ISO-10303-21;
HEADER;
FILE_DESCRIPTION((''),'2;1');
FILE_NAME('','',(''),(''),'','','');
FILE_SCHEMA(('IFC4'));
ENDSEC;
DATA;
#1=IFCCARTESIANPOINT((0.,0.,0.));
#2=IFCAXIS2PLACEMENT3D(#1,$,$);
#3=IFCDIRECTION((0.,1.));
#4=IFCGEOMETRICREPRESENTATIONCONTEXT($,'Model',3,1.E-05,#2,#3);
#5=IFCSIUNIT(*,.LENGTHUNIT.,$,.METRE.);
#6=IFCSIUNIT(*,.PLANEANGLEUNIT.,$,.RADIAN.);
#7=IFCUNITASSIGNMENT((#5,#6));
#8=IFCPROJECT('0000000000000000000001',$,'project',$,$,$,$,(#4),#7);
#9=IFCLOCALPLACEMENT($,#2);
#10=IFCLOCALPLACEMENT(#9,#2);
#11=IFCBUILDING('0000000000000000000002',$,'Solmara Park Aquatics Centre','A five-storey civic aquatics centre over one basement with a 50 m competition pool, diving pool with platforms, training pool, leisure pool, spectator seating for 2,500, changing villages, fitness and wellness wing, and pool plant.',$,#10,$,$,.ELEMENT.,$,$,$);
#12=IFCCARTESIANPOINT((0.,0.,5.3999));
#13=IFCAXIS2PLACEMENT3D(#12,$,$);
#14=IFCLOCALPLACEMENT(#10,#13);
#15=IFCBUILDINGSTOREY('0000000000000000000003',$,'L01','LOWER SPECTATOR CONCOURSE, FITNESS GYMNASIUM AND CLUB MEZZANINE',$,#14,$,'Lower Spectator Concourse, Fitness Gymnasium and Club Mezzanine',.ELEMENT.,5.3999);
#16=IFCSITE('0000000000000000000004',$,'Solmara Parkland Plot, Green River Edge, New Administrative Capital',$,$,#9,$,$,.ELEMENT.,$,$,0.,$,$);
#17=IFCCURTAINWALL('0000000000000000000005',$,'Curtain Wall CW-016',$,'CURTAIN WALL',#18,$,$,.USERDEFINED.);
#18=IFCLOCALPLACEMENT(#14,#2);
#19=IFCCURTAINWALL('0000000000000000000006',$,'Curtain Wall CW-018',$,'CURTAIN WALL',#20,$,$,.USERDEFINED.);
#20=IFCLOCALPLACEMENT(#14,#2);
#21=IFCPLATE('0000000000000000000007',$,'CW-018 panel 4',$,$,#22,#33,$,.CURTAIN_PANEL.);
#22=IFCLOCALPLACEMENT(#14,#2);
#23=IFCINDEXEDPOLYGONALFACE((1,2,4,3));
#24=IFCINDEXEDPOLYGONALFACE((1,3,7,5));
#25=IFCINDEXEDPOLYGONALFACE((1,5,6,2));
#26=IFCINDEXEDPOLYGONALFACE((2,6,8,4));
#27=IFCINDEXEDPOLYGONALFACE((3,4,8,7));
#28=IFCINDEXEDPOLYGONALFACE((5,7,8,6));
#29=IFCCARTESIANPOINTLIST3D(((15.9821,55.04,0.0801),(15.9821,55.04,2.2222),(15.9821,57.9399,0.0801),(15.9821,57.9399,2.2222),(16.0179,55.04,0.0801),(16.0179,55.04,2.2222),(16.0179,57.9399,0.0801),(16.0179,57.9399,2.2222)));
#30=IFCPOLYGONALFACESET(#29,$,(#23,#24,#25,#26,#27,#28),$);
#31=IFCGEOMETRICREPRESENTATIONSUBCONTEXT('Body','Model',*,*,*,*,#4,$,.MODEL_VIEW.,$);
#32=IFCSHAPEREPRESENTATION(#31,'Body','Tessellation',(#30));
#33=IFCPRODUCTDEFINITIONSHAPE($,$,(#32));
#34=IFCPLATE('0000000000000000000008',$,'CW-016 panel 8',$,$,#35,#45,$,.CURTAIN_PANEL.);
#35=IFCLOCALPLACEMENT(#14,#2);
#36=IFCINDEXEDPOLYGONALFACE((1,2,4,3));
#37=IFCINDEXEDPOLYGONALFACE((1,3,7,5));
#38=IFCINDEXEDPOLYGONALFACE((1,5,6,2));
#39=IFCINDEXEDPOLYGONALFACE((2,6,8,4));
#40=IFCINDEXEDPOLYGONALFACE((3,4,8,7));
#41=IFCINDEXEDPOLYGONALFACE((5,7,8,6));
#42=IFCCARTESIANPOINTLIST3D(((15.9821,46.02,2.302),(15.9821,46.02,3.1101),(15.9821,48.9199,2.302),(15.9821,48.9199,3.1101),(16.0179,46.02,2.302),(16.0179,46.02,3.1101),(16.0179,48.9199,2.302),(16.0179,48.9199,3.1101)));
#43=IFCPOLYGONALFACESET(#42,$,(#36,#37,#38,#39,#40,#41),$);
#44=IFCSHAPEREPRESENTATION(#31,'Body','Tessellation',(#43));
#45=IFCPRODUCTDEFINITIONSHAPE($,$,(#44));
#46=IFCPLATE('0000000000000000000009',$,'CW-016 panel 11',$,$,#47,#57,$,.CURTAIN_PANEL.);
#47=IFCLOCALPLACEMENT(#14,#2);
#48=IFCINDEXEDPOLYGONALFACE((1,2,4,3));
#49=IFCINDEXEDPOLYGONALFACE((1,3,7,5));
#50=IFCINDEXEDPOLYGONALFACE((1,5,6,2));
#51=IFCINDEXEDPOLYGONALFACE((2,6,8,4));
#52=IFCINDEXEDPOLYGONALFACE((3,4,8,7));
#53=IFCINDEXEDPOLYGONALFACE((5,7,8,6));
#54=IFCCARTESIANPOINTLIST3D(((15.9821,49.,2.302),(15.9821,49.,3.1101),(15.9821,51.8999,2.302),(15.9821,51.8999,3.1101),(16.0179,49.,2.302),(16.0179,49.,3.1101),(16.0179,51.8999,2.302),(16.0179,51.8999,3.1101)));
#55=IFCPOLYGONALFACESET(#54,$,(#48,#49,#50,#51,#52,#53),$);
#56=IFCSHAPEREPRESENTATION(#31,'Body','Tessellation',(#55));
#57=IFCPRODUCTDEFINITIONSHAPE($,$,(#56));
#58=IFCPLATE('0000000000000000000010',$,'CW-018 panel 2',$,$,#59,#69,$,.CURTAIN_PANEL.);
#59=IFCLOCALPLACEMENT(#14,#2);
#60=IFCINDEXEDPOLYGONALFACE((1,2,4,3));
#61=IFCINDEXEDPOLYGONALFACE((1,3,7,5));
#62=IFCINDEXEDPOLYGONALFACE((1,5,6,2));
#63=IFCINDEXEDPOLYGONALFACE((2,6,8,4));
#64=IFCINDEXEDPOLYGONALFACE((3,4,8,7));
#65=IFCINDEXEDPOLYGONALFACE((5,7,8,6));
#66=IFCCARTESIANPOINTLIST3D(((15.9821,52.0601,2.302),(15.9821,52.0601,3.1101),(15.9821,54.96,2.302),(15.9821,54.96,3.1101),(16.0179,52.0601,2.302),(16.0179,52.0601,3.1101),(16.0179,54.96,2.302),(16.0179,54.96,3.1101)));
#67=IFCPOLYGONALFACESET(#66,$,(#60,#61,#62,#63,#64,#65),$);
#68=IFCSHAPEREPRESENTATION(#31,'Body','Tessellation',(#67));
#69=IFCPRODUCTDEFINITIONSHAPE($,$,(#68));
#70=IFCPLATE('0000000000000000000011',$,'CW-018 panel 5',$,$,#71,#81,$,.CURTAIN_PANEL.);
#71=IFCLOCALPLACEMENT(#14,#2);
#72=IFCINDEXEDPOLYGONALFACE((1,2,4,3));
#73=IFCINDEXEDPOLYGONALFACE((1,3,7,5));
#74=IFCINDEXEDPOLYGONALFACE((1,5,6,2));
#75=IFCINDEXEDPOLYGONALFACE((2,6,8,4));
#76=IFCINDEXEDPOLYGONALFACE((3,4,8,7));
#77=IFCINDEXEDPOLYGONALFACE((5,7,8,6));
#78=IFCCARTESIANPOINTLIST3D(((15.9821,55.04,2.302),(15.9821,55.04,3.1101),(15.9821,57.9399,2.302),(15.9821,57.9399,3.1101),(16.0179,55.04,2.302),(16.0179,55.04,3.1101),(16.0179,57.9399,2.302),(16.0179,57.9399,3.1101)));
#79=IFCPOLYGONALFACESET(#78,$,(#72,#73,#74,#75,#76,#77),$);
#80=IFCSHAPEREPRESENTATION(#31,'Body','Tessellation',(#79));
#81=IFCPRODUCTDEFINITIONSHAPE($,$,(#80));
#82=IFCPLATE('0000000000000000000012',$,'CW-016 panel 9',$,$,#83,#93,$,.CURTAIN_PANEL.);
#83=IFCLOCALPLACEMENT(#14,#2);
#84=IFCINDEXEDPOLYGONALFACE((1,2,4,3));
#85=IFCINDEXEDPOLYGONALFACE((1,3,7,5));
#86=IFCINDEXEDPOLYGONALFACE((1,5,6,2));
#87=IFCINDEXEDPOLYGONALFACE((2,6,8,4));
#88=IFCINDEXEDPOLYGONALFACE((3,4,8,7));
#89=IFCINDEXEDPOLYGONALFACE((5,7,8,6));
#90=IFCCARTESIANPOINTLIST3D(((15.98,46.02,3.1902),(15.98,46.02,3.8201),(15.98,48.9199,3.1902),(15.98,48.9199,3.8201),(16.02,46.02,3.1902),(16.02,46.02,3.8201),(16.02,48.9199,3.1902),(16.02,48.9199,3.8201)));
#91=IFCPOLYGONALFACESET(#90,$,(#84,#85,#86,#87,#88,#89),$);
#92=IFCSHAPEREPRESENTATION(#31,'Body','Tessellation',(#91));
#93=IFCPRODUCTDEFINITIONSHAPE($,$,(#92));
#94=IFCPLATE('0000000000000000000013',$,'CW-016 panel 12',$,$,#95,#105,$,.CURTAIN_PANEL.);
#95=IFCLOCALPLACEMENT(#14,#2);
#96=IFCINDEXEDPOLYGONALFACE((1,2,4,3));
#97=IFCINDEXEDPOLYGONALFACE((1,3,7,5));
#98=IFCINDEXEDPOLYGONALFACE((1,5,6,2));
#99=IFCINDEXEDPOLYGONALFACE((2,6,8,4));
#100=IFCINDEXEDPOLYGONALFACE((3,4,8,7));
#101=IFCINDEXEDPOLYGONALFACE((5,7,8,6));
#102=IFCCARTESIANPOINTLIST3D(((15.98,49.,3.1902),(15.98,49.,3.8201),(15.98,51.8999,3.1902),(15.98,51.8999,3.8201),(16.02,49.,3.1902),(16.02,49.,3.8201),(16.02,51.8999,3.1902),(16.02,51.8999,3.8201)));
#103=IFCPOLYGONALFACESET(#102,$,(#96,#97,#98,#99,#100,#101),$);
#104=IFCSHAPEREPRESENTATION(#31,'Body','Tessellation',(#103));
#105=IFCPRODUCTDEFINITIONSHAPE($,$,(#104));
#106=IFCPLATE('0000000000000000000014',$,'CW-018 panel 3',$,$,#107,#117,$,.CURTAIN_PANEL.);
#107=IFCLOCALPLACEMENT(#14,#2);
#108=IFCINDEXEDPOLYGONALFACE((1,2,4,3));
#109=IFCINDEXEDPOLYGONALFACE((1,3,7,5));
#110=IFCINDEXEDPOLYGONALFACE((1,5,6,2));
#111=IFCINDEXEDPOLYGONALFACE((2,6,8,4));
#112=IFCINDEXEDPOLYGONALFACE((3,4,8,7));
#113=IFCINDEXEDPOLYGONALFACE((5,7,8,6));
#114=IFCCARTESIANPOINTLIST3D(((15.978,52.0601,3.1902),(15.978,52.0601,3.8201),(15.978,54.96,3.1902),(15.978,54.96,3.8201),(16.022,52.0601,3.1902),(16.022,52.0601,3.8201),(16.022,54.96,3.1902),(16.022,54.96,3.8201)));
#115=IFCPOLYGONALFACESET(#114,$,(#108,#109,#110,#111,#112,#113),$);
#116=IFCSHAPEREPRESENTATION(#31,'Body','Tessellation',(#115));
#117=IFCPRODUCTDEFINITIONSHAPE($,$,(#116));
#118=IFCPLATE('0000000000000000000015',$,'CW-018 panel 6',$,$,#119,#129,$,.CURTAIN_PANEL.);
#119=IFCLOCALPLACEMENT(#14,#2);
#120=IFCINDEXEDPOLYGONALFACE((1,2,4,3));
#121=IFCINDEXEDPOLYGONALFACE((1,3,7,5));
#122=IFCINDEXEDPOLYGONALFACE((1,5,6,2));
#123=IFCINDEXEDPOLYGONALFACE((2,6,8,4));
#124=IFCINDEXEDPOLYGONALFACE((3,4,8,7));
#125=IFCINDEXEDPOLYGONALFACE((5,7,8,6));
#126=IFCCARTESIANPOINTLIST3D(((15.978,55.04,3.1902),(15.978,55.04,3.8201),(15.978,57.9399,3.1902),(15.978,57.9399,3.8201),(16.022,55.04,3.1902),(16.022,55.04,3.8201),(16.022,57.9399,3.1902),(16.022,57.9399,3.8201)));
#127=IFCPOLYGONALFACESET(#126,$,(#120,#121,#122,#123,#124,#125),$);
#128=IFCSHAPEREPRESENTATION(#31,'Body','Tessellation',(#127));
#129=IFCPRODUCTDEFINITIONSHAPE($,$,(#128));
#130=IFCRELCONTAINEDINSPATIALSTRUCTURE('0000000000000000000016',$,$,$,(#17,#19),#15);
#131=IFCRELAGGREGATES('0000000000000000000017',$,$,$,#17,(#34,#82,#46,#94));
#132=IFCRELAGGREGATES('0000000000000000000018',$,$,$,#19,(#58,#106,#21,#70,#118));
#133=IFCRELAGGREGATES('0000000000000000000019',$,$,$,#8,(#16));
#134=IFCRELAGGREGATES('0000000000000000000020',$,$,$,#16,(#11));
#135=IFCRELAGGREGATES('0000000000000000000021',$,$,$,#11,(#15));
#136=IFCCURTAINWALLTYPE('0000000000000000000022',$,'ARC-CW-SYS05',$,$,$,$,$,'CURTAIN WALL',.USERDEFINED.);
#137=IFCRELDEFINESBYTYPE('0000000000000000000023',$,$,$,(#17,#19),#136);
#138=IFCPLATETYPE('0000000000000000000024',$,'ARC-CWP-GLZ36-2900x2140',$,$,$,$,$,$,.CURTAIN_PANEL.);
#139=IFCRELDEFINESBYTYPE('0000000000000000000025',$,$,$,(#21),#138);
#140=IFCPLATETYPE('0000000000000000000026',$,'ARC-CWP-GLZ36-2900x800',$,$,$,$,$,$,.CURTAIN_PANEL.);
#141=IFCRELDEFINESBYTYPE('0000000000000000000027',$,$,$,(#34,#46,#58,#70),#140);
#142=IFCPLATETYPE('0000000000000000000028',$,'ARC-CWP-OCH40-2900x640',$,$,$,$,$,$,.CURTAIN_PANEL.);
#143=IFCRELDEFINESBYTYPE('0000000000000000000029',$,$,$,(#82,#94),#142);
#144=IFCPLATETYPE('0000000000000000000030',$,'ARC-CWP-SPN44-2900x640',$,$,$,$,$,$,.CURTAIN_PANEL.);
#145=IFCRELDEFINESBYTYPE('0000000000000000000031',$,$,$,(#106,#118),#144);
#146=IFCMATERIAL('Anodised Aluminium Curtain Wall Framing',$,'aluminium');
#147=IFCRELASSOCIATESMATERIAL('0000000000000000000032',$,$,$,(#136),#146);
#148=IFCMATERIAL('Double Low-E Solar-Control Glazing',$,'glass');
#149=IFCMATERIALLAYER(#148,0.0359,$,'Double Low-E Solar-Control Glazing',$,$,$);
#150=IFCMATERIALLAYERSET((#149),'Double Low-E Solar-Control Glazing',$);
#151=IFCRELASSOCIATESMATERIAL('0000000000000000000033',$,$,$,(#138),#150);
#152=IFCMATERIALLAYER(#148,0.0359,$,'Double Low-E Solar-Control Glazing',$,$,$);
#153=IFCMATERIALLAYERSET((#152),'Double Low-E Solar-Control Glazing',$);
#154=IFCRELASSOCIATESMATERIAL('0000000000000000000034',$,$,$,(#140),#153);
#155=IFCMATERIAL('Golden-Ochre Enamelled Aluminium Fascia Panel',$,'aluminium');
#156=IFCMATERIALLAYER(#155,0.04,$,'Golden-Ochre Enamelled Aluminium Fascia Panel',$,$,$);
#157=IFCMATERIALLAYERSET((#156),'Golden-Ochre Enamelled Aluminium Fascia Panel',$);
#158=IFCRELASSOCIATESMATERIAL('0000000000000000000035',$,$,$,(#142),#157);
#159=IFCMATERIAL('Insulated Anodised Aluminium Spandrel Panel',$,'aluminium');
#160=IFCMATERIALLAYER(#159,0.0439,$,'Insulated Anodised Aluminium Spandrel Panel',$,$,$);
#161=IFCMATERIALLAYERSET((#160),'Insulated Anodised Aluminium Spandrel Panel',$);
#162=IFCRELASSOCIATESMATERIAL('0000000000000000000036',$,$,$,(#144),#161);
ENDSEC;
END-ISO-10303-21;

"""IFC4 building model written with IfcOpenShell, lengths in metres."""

from ifc_helpers import new_model, si_unit, direction, frame, origin, origin_2d, place, context, subcontext, project, spatial, rectangle, extrude, material, layer, layer_set, type_object, element, aggregate, save


model = new_model("IFC4")

# Units and contexts
model_context = context("Model", 3, precision=1e-05, world=origin(), true_north=direction((0.0, 1.0)))
body_context = subcontext(model_context, "Body", "Model", "MODEL_VIEW")
ifc_project = project(units=[si_unit("LENGTHUNIT", "METRE"), si_unit("PLANEANGLEUNIT", "RADIAN")], contexts=[model_context])

# Site, building, storey
site_placement = place(None, origin())
site = spatial("IfcSite", under=ifc_project, at=site_placement, Name="Solmara Parkland Plot, Green River Edge, New Administrative Capital", CompositionType="ELEMENT", RefElevation=0.0)
building_placement = place(site_placement, origin())
building = spatial("IfcBuilding", under=site, at=building_placement, Name="Solmara Park Aquatics Centre", Description="A five-storey civic aquatics centre over one basement with a 50 m competition pool, diving pool with platforms, training pool, leisure pool, spectator seating for 2,500, changing villages, fitness and wellness wing, and pool plant.", CompositionType="ELEMENT")
storey_placement = place(building_placement, frame((0.0, 0.0, 5.3999)))
storey = spatial("IfcBuildingStorey", under=building, at=storey_placement, Name="L01", Description="LOWER SPECTATOR CONCOURSE, FITNESS GYMNASIUM AND CLUB MEZZANINE", LongName="Lower Spectator Concourse, Fitness Gymnasium and Club Mezzanine", CompositionType="ELEMENT", Elevation=5.3999)

# Curtain walls
ifc_material_1 = material(Name="Anodised Aluminium Curtain Wall Framing", Category="aluminium")
curtain_wall_type = type_object("IfcCurtainWallType", Name="ARC-CW-SYS05", ElementType="CURTAIN WALL", PredefinedType="USERDEFINED", material=ifc_material_1)
curtain_wall_1_placement = place(storey_placement, origin())
curtain_wall_1 = element("IfcCurtainWall", 1, at=curtain_wall_1_placement, inside=storey, type_object=curtain_wall_type, Name="Curtain Wall CW-016", ObjectType="CURTAIN WALL", PredefinedType="USERDEFINED")
curtain_wall_2_placement = place(storey_placement, origin())
curtain_wall_2 = element("IfcCurtainWall", 2, at=curtain_wall_2_placement, inside=storey, type_object=curtain_wall_type, Name="Curtain Wall CW-018", ObjectType="CURTAIN WALL", PredefinedType="USERDEFINED")

# Plates
ifc_material_2 = material(Name="Double Low-E Solar-Control Glazing", Category="glass")
ifc_layer_1 = layer(ifc_material_2, 0.0359, Name="Double Low-E Solar-Control Glazing")
ifc_layer_set_1 = layer_set([ifc_layer_1], Name="Double Low-E Solar-Control Glazing")
plate_type_1 = type_object("IfcPlateType", Name="ARC-CWP-GLZ36-2900x2140", PredefinedType="CURTAIN_PANEL", material=ifc_layer_set_1)
plate_1_placement = place(storey_placement, frame((16.0, 56.49, 0.0801), z_axis=(0.0, 0.0, 1.0), x_axis=(0.0, 1.0, 0.0)))
plate_1 = element("IfcPlate", 3, at=plate_1_placement, type_object=plate_type_1, Name="CW-018 panel 4", PredefinedType="CURTAIN_PANEL", context=body_context, shape_type="SweptSolid", body=[
    extrude(rectangle(XDim=2.8999, YDim=0.0359, at=origin_2d()), origin(), (0.0, 0.0, 1.0), 2.1421),
])
ifc_layer_2 = layer(ifc_material_2, 0.0359, Name="Double Low-E Solar-Control Glazing")
ifc_layer_set_2 = layer_set([ifc_layer_2], Name="Double Low-E Solar-Control Glazing")
plate_type_2 = type_object("IfcPlateType", Name="ARC-CWP-GLZ36-2900x800", PredefinedType="CURTAIN_PANEL", material=ifc_layer_set_2)
plate_2_placement = place(storey_placement, frame((16.0, 47.47, 2.302), z_axis=(0.0, 0.0, 1.0), x_axis=(0.0, 1.0, 0.0)))
plate_2 = element("IfcPlate", 4, at=plate_2_placement, type_object=plate_type_2, Name="CW-016 panel 8", PredefinedType="CURTAIN_PANEL", context=body_context, shape_type="SweptSolid", body=[
    extrude(rectangle(XDim=2.8999, YDim=0.0359, at=origin_2d()), origin(), (0.0, 0.0, 1.0), 0.8081),
])
plate_3_placement = place(storey_placement, frame((16.0, 50.45, 2.302), z_axis=(0.0, 0.0, 1.0), x_axis=(0.0, 1.0, 0.0)))
plate_3 = element("IfcPlate", 5, at=plate_3_placement, type_object=plate_type_2, Name="CW-016 panel 11", PredefinedType="CURTAIN_PANEL", context=body_context, shape_type="SweptSolid", body=[
    extrude(rectangle(XDim=2.8999, YDim=0.0359, at=origin_2d()), origin(), (0.0, 0.0, 1.0), 0.8081),
])
plate_4_placement = place(storey_placement, frame((16.0, 53.51, 2.302), z_axis=(0.0, 0.0, 1.0), x_axis=(0.0, 1.0, 0.0)))
plate_4 = element("IfcPlate", 6, at=plate_4_placement, type_object=plate_type_2, Name="CW-018 panel 2", PredefinedType="CURTAIN_PANEL", context=body_context, shape_type="SweptSolid", body=[
    extrude(rectangle(XDim=2.8999, YDim=0.0359, at=origin_2d()), origin(), (0.0, 0.0, 1.0), 0.8081),
])
plate_5_placement = place(storey_placement, frame((16.0, 56.49, 2.302), z_axis=(0.0, 0.0, 1.0), x_axis=(0.0, 1.0, 0.0)))
plate_5 = element("IfcPlate", 7, at=plate_5_placement, type_object=plate_type_2, Name="CW-018 panel 5", PredefinedType="CURTAIN_PANEL", context=body_context, shape_type="SweptSolid", body=[
    extrude(rectangle(XDim=2.8999, YDim=0.0359, at=origin_2d()), origin(), (0.0, 0.0, 1.0), 0.8081),
])
ifc_material_3 = material(Name="Golden-Ochre Enamelled Aluminium Fascia Panel", Category="aluminium")
ifc_layer_3 = layer(ifc_material_3, 0.04, Name="Golden-Ochre Enamelled Aluminium Fascia Panel")
ifc_layer_set_3 = layer_set([ifc_layer_3], Name="Golden-Ochre Enamelled Aluminium Fascia Panel")
plate_type_3 = type_object("IfcPlateType", Name="ARC-CWP-OCH40-2900x640", PredefinedType="CURTAIN_PANEL", material=ifc_layer_set_3)
plate_6_placement = place(storey_placement, frame((16.0, 47.47, 3.1902), z_axis=(0.0, 0.0, 1.0), x_axis=(0.0, 1.0, 0.0)))
plate_6 = element("IfcPlate", 8, at=plate_6_placement, type_object=plate_type_3, Name="CW-016 panel 9", PredefinedType="CURTAIN_PANEL", context=body_context, shape_type="SweptSolid", body=[
    extrude(rectangle(XDim=2.8999, YDim=0.04, at=origin_2d()), origin(), (0.0, 0.0, 1.0), 0.6299),
])
plate_7_placement = place(storey_placement, frame((16.0, 50.45, 3.1902), z_axis=(0.0, 0.0, 1.0), x_axis=(0.0, 1.0, 0.0)))
plate_7 = element("IfcPlate", 9, at=plate_7_placement, type_object=plate_type_3, Name="CW-016 panel 12", PredefinedType="CURTAIN_PANEL", context=body_context, shape_type="SweptSolid", body=[
    extrude(rectangle(XDim=2.8999, YDim=0.04, at=origin_2d()), origin(), (0.0, 0.0, 1.0), 0.6299),
])
aggregate(curtain_wall_1, [plate_2, plate_6, plate_3, plate_7])
ifc_material_4 = material(Name="Insulated Anodised Aluminium Spandrel Panel", Category="aluminium")
ifc_layer_4 = layer(ifc_material_4, 0.0439, Name="Insulated Anodised Aluminium Spandrel Panel")
ifc_layer_set_4 = layer_set([ifc_layer_4], Name="Insulated Anodised Aluminium Spandrel Panel")
plate_type_4 = type_object("IfcPlateType", Name="ARC-CWP-SPN44-2900x640", PredefinedType="CURTAIN_PANEL", material=ifc_layer_set_4)
plate_8_placement = place(storey_placement, frame((16.0, 53.51, 3.1902), z_axis=(0.0, 0.0, 1.0), x_axis=(0.0, 1.0, 0.0)))
plate_8 = element("IfcPlate", 10, at=plate_8_placement, type_object=plate_type_4, Name="CW-018 panel 3", PredefinedType="CURTAIN_PANEL", context=body_context, shape_type="SweptSolid", body=[
    extrude(rectangle(XDim=2.8999, YDim=0.0439, at=origin_2d()), origin(), (0.0, 0.0, 1.0), 0.6299),
])
plate_9_placement = place(storey_placement, frame((16.0, 56.49, 3.1902), z_axis=(0.0, 0.0, 1.0), x_axis=(0.0, 1.0, 0.0)))
plate_9 = element("IfcPlate", 11, at=plate_9_placement, type_object=plate_type_4, Name="CW-018 panel 6", PredefinedType="CURTAIN_PANEL", context=body_context, shape_type="SweptSolid", body=[
    extrude(rectangle(XDim=2.8999, YDim=0.0439, at=origin_2d()), origin(), (0.0, 0.0, 1.0), 0.6299),
])
aggregate(curtain_wall_2, [plate_4, plate_8, plate_1, plate_5, plate_9])

save(model, "model.ifc")
